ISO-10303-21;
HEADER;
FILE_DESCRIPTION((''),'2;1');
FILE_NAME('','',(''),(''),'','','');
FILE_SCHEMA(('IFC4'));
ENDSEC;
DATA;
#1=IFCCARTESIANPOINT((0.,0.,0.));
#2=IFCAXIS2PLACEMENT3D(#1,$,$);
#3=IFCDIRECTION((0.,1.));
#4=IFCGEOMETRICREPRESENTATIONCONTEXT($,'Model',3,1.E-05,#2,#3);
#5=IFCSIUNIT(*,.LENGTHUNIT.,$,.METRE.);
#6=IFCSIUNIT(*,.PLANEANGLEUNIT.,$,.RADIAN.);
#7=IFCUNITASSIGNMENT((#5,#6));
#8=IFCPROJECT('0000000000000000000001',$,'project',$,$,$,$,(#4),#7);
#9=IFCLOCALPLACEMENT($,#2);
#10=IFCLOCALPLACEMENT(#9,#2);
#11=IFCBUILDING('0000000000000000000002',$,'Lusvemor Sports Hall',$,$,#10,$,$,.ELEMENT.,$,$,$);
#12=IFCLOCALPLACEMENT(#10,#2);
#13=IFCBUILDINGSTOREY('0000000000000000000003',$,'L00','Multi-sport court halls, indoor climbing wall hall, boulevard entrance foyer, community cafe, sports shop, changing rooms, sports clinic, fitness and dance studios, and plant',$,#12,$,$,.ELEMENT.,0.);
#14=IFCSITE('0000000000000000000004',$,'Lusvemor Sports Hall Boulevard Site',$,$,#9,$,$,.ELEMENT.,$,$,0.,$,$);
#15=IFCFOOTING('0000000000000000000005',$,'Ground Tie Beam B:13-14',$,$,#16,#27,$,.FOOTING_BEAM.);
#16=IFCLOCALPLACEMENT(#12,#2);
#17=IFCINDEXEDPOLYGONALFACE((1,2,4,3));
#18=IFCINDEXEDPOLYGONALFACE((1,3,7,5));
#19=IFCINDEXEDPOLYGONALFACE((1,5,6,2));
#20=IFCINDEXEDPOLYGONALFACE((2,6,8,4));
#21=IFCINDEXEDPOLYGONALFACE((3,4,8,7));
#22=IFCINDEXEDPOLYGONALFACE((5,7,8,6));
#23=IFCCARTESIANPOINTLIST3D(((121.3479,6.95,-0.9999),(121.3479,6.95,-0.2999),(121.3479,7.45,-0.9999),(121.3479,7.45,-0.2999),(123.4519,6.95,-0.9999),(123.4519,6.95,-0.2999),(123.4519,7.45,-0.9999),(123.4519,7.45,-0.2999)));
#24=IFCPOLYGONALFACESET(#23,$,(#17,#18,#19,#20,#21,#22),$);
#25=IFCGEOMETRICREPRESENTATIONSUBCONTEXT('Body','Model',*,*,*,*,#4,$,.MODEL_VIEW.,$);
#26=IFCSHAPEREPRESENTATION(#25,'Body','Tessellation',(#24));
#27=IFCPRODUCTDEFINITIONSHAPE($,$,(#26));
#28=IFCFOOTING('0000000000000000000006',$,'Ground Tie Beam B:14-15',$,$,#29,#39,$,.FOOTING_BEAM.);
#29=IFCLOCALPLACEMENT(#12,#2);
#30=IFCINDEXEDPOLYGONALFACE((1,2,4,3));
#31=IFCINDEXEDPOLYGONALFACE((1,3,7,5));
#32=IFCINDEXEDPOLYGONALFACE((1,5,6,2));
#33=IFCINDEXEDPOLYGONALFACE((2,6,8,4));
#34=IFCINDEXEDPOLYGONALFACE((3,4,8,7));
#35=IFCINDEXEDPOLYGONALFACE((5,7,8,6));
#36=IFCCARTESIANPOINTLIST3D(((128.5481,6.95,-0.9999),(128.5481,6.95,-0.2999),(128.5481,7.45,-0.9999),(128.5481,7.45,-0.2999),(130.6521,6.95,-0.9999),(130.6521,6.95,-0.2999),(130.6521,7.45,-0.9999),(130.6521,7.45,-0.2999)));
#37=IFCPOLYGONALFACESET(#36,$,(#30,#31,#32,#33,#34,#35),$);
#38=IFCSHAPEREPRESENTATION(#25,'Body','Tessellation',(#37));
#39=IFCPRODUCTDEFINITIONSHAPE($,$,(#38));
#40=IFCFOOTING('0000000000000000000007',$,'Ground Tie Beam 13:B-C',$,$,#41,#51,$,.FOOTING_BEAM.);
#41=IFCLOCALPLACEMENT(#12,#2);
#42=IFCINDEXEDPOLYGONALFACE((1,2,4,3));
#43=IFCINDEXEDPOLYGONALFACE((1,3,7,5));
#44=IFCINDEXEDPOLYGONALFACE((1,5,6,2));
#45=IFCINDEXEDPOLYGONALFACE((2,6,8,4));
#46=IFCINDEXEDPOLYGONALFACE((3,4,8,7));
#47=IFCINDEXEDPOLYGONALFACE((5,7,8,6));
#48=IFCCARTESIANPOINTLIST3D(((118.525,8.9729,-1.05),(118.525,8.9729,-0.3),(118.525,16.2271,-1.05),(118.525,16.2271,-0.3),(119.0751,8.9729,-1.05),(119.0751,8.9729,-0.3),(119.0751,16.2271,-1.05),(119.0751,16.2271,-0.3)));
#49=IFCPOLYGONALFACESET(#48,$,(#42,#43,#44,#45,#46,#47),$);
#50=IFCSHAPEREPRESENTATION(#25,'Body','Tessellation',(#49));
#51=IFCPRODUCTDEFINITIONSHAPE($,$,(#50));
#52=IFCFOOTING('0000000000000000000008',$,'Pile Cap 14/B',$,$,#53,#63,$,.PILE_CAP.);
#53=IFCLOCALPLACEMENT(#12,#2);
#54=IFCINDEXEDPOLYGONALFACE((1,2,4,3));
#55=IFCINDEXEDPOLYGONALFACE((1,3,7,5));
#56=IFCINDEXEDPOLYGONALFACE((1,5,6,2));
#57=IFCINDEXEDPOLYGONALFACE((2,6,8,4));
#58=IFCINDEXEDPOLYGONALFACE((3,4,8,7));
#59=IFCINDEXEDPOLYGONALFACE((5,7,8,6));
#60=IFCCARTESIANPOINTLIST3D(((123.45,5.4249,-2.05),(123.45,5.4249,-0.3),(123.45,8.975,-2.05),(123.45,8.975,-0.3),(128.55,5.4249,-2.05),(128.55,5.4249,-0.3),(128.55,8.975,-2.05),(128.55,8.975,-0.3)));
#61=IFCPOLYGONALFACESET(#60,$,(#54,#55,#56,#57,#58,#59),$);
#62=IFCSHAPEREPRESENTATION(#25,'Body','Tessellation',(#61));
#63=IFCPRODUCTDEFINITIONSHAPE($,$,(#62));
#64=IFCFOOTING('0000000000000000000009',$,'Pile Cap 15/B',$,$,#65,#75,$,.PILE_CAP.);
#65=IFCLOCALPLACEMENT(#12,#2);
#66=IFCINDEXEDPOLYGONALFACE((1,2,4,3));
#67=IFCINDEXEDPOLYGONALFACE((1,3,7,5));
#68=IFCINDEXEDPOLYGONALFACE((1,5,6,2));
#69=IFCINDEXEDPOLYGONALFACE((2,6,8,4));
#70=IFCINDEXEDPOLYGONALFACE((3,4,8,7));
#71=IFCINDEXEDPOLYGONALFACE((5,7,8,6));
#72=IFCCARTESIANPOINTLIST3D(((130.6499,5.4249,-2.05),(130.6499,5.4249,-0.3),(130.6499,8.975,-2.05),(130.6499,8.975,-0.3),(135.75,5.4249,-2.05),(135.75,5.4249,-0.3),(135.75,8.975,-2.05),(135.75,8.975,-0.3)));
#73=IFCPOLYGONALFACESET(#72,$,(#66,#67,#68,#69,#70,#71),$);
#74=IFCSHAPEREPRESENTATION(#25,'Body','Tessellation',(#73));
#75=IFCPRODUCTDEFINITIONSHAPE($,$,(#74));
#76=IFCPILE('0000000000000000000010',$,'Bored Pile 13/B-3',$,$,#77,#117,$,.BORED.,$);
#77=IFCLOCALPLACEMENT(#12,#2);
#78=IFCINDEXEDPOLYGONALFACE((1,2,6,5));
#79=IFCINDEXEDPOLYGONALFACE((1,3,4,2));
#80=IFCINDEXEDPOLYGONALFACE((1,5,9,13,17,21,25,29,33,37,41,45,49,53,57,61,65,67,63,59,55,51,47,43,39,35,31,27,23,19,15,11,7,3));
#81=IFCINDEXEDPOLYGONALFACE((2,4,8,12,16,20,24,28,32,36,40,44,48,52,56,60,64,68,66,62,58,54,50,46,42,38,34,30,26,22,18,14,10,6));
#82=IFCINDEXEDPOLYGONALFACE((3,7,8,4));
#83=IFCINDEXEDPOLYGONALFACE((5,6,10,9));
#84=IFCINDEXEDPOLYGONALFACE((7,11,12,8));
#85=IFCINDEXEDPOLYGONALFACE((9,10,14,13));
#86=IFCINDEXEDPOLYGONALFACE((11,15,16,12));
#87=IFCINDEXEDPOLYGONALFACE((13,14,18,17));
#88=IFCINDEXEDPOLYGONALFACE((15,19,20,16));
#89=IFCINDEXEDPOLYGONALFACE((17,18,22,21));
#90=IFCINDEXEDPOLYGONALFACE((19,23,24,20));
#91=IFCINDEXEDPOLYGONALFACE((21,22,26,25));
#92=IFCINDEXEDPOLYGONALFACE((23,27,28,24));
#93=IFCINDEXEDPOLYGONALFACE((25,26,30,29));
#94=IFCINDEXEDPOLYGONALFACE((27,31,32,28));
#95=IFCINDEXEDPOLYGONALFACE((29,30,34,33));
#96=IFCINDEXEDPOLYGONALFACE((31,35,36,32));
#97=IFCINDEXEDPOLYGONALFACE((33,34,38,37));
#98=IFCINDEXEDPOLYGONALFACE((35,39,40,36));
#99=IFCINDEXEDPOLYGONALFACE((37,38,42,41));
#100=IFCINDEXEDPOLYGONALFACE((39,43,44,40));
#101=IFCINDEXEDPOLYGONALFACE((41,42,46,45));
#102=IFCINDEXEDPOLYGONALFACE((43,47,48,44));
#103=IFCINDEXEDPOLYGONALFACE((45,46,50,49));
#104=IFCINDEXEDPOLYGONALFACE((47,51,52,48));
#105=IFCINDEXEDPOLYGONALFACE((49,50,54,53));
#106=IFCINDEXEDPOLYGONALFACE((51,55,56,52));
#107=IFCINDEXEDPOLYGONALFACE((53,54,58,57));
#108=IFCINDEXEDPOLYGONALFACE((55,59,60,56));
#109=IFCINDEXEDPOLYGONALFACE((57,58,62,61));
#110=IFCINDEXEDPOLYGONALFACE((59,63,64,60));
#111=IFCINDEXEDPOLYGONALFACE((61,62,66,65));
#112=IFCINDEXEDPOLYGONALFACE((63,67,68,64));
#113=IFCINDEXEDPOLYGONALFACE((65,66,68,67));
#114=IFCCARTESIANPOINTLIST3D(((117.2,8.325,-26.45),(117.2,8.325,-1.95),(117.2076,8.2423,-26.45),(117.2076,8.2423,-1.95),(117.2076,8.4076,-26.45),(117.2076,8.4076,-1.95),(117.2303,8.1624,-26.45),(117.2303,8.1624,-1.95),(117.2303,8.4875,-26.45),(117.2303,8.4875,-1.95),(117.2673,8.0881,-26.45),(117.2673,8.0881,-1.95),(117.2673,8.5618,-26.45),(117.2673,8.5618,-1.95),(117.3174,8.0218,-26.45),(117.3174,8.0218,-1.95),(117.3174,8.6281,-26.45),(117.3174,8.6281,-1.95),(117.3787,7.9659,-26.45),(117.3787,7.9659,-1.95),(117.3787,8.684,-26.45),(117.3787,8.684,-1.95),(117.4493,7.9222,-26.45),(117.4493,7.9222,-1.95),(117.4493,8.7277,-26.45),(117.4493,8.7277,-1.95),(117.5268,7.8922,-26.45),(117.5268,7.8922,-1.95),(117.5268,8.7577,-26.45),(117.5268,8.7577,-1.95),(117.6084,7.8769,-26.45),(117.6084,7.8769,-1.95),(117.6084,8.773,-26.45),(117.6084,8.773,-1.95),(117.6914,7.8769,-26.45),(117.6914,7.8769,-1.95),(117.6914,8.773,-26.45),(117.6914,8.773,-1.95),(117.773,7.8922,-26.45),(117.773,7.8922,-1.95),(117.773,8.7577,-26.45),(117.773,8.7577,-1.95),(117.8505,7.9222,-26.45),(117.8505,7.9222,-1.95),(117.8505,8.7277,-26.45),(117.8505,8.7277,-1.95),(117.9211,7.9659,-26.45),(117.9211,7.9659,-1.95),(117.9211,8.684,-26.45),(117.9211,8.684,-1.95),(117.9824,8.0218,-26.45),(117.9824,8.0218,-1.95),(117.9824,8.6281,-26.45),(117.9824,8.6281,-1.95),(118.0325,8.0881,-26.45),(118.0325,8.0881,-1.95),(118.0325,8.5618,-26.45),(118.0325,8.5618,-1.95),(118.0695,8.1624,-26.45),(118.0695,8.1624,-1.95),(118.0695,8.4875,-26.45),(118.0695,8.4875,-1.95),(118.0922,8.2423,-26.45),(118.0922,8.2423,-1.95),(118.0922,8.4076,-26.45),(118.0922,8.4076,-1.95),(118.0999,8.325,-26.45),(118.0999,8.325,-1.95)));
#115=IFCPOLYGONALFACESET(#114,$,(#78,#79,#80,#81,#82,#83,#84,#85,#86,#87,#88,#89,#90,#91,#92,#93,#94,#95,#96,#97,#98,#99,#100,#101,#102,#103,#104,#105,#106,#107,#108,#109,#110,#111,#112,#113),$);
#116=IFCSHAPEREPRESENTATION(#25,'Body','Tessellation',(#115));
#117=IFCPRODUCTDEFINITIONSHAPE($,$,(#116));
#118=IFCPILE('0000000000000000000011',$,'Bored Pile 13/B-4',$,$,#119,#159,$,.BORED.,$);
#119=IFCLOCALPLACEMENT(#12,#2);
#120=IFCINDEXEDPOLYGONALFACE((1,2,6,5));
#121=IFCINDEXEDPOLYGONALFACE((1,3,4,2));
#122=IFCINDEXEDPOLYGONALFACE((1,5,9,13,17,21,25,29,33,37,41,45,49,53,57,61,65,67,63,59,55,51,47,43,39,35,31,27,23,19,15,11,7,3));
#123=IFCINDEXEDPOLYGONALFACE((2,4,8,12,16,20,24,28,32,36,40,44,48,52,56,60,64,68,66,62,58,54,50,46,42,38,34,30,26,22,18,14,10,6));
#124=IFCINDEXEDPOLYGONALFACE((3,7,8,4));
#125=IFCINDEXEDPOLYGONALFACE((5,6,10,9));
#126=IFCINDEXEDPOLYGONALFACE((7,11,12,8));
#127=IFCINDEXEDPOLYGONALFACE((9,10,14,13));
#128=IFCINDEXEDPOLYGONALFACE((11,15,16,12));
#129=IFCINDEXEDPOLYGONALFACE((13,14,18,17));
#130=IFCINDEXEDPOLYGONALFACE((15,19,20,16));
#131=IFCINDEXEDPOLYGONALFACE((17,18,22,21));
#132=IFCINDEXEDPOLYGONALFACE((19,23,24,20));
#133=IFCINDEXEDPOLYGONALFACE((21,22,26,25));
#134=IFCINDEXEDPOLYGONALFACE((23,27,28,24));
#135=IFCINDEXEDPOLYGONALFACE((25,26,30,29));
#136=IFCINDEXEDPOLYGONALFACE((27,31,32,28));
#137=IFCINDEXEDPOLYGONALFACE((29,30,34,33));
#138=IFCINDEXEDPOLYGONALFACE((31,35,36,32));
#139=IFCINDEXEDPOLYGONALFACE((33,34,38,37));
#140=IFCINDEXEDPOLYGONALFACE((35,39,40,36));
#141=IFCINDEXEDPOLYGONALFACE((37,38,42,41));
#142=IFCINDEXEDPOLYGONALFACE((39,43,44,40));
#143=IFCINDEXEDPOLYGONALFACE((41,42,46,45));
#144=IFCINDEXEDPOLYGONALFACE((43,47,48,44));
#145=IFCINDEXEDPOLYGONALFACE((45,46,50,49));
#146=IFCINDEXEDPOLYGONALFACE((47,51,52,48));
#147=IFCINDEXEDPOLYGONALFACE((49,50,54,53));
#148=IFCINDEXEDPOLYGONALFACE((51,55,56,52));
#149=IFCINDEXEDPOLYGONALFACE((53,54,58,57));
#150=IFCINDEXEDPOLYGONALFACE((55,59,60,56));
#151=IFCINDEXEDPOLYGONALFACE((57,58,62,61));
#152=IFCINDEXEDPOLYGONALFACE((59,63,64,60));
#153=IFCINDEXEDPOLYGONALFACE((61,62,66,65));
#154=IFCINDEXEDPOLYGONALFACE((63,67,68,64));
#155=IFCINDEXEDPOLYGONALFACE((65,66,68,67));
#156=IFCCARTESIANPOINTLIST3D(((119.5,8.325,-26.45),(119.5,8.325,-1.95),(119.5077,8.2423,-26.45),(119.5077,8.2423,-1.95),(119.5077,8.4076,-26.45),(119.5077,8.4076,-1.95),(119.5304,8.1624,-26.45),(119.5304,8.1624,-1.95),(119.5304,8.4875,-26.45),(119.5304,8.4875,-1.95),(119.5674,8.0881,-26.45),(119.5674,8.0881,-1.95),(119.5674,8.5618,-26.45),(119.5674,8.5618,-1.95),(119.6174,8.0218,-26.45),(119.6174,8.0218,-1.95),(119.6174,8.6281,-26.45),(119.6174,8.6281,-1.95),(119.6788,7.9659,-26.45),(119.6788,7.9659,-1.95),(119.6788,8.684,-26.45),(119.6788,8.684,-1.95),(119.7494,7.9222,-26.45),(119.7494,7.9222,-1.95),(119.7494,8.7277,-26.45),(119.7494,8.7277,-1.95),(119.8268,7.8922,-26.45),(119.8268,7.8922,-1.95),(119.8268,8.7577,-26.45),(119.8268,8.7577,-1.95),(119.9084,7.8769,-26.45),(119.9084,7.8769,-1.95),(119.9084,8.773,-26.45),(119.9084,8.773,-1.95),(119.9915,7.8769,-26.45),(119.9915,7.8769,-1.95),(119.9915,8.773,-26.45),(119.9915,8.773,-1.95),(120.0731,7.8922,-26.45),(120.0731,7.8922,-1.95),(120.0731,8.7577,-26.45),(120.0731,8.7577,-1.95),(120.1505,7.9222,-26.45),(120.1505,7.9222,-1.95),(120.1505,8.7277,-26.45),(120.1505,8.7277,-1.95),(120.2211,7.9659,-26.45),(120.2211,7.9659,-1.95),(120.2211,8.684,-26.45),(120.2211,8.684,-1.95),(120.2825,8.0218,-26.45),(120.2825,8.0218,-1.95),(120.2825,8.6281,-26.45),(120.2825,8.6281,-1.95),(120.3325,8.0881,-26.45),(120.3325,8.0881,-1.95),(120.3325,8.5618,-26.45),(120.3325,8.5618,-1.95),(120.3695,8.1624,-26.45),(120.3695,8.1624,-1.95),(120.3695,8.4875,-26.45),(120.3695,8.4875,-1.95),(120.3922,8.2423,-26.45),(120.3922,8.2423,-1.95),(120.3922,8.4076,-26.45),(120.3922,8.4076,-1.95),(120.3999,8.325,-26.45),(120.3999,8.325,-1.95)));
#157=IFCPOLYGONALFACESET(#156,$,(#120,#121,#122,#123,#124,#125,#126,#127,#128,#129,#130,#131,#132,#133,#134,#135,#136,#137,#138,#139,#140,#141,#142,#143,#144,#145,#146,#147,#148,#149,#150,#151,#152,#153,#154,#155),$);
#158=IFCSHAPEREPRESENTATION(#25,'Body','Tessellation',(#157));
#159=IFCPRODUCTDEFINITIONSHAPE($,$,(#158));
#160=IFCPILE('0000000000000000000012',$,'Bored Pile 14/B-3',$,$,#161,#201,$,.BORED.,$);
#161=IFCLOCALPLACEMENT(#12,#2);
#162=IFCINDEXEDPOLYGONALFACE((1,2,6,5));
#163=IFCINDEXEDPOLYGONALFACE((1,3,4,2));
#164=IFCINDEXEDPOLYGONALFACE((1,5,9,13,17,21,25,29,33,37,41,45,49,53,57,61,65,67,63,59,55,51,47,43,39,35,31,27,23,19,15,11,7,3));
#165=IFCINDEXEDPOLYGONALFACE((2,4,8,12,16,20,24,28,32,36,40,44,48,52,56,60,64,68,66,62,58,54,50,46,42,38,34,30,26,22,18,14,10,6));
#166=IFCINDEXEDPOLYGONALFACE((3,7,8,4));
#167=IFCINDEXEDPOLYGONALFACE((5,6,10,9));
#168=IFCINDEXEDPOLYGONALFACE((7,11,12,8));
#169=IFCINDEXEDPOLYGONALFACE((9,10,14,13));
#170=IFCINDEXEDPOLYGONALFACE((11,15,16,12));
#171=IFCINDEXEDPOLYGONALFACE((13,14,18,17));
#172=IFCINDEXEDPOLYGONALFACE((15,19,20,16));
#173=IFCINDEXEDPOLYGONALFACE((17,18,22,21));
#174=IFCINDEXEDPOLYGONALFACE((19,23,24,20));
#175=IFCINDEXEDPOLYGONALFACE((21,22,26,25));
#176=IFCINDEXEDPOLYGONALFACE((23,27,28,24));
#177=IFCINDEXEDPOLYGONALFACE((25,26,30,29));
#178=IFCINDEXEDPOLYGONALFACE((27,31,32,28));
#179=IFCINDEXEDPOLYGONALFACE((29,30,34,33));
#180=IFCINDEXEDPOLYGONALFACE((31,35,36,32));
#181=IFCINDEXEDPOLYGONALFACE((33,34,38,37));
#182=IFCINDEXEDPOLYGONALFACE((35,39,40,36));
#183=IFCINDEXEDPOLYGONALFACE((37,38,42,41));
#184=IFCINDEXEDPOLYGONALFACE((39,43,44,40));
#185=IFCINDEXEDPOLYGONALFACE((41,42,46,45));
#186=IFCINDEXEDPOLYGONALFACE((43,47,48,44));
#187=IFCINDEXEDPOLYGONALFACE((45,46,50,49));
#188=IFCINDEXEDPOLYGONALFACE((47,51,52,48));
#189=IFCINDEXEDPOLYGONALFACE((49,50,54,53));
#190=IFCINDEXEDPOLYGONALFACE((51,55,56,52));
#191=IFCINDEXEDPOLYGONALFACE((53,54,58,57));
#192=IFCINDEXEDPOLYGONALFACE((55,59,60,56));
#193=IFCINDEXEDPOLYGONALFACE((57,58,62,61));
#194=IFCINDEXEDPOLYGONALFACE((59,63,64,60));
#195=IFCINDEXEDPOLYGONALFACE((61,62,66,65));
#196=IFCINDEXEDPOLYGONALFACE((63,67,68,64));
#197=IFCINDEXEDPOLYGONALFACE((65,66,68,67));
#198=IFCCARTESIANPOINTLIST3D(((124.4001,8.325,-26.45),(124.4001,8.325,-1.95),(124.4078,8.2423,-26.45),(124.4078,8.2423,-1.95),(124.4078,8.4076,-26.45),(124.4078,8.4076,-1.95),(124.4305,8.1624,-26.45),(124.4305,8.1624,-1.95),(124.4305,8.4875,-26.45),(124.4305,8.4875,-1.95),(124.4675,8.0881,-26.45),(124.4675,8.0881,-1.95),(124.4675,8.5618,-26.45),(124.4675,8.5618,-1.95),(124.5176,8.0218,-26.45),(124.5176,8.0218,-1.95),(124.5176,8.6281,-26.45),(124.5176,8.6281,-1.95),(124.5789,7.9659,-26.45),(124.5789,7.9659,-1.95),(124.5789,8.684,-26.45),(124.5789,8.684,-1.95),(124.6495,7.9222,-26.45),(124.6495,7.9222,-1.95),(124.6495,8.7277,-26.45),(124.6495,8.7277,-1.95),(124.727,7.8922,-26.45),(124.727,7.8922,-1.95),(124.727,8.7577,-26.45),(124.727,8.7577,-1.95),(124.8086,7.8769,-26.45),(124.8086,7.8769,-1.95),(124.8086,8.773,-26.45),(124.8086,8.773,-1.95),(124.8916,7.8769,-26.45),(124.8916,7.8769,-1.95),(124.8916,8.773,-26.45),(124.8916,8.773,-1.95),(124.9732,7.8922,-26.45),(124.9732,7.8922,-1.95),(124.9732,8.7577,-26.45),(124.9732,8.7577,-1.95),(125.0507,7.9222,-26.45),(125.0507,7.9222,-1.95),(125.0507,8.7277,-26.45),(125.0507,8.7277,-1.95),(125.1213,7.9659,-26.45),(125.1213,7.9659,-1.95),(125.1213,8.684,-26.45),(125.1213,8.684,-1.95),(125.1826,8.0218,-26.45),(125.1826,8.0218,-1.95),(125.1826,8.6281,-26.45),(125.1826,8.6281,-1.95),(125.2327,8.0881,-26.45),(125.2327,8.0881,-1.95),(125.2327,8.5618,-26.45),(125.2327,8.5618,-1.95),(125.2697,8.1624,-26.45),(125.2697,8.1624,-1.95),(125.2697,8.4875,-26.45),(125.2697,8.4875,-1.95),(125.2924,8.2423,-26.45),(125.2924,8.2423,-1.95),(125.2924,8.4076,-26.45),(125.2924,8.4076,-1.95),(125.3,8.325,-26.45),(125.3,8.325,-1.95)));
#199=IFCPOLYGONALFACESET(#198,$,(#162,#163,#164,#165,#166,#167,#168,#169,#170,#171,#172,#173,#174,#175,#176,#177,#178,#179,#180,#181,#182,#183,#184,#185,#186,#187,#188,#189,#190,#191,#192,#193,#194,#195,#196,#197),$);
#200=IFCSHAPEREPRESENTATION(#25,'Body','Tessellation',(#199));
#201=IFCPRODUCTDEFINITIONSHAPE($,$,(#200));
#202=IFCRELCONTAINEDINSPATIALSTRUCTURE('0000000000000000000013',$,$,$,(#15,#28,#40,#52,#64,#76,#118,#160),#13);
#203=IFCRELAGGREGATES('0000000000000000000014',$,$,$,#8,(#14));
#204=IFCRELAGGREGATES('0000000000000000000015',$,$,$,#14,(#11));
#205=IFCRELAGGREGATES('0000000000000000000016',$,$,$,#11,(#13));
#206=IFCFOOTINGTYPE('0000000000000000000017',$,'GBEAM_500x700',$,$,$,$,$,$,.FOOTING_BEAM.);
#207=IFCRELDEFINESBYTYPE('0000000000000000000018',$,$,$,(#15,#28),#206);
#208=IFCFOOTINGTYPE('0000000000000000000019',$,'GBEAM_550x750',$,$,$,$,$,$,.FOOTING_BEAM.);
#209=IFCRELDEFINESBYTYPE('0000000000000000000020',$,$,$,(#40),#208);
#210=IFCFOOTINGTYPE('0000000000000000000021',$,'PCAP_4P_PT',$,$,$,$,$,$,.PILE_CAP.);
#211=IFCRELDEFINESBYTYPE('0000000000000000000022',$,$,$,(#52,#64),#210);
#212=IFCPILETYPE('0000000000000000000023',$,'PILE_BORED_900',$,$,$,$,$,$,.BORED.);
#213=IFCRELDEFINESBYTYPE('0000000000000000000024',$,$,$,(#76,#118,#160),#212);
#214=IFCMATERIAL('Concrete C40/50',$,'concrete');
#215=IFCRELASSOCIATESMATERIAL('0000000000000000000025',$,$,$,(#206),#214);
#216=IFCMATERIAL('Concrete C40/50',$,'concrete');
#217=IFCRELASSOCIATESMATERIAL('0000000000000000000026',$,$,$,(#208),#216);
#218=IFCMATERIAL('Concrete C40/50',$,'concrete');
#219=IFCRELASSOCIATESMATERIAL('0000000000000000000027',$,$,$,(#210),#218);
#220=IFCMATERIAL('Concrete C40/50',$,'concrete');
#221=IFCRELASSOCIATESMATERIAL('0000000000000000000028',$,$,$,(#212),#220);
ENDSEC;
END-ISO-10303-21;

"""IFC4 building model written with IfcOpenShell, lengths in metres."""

from ifc_helpers import new_model, si_unit, direction, frame, origin, origin_2d, place, context, subcontext, project, spatial, rectangle, circle, extrude, material, material_profile, profile_set, type_object, element, save


model = new_model("IFC4")

# Units and contexts
model_context = context("Model", 3, precision=1e-05, world=origin(), true_north=direction((0.0, 1.0)))
body_context = subcontext(model_context, "Body", "Model", "MODEL_VIEW")
ifc_project = project(units=[si_unit("LENGTHUNIT", "METRE"), si_unit("PLANEANGLEUNIT", "RADIAN")], contexts=[model_context])

# Site, building, storey
site_placement = place(None, origin())
site = spatial("IfcSite", under=ifc_project, at=site_placement, Name="Lusvemor Sports Hall Boulevard Site", CompositionType="ELEMENT", RefElevation=0.0)
building_placement = place(site_placement, origin())
building = spatial("IfcBuilding", under=site, at=building_placement, Name="Lusvemor Sports Hall", CompositionType="ELEMENT")
storey_placement = place(building_placement, origin())
storey = spatial("IfcBuildingStorey", under=building, at=storey_placement, Name="L00", Description="Multi-sport court halls, indoor climbing wall hall, boulevard entrance foyer, community cafe, sports shop, changing rooms, sports clinic, fitness and dance studios, and plant", CompositionType="ELEMENT", Elevation=0.0)

# Footings
ifc_material_1 = material(Name="Concrete C40/50", Category="concrete")
ifc_material_profile_1 = material_profile(ifc_material_1, rectangle(XDim=0.5, YDim=0.7, at=origin_2d()), Name="GB_500x700")
ifc_profile_set_1 = profile_set([ifc_material_profile_1], Name="Concrete C40/50")
footing_type_1 = type_object("IfcFootingType", Name="GBEAM_500x700", PredefinedType="FOOTING_BEAM", material=ifc_profile_set_1)
for number, where, z_axis, x_axis, name in (
    (1, (121.3479, 7.2, -0.6499), (1.0, 0.0, 0.0), (0.0, 1.0, 0.0), "Ground Tie Beam B:13-14"),
    (2, (128.5481, 7.2, -0.6499), (1.0, 0.0, 0.0), (0.0, 1.0, 0.0), "Ground Tie Beam B:14-15"),
):
    element("IfcFooting", number, at=place(storey_placement, frame(where, z_axis=z_axis, x_axis=x_axis)), inside=storey, type_object=footing_type_1, Name=name, PredefinedType="FOOTING_BEAM", context=body_context, shape_type="SweptSolid", body=[
        extrude(rectangle(XDim=0.5, YDim=0.7, at=origin_2d()), origin(), (0.0, 0.0, 1.0), 2.104),
    ])
ifc_material_2 = material(Name="Concrete C40/50", Category="concrete")
ifc_material_profile_2 = material_profile(ifc_material_2, rectangle(XDim=0.55, YDim=0.75, at=origin_2d()), Name="GB_550x750")
ifc_profile_set_2 = profile_set([ifc_material_profile_2], Name="Concrete C40/50")
footing_type_2 = type_object("IfcFootingType", Name="GBEAM_550x750", PredefinedType="FOOTING_BEAM", material=ifc_profile_set_2)
footing_placement = place(storey_placement, frame((118.8, 8.9729, -0.675), z_axis=(0.0, 1.0, 0.0), x_axis=(-1.0, 0.0, 0.0)))
element("IfcFooting", 3, at=footing_placement, inside=storey, type_object=footing_type_2, Name="Ground Tie Beam 13:B-C", PredefinedType="FOOTING_BEAM", context=body_context, shape_type="SweptSolid", body=[
    extrude(rectangle(XDim=0.55, YDim=0.75, at=origin_2d()), origin(), (0.0, 0.0, 1.0), 7.2542),
])
ifc_material_3 = material(Name="Concrete C40/50", Category="concrete")
footing_type_3 = type_object("IfcFootingType", Name="PCAP_4P_PT", PredefinedType="PILE_CAP", material=ifc_material_3)
for number, where, z_axis, x_axis, name in (
    (4, (126.0, 7.2, -2.05), (0.0, 0.0, 1.0), (1.0, 0.0, 0.0), "Pile Cap 14/B"),
    (5, (133.2, 7.2, -2.05), (0.0, 0.0, 1.0), (1.0, 0.0, 0.0), "Pile Cap 15/B"),
):
    element("IfcFooting", number, at=place(storey_placement, frame(where, z_axis=z_axis, x_axis=x_axis)), inside=storey, type_object=footing_type_3, Name=name, PredefinedType="PILE_CAP", context=body_context, shape_type="SweptSolid", body=[
        extrude(rectangle(XDim=5.1001, YDim=3.55, at=origin_2d()), origin(), (0.0, 0.0, 1.0), 1.75),
    ])

# Piles
ifc_material_4 = material(Name="Concrete C40/50", Category="concrete")
ifc_material_profile_3 = material_profile(ifc_material_4, circle(Radius=0.45, at=origin_2d()), Name="PILE900")
ifc_profile_set_3 = profile_set([ifc_material_profile_3], Name="Concrete C40/50")
pile_type = type_object("IfcPileType", Name="PILE_BORED_900", PredefinedType="BORED", material=ifc_profile_set_3)
for number, where, z_axis, x_axis, name in (
    (6, (117.6499, 8.325, -1.95), (0.0, 0.0, -1.0), (1.0, 0.0, 0.0), "Bored Pile 13/B-3"),
    (7, (119.95, 8.325, -1.95), (0.0, 0.0, -1.0), (1.0, 0.0, 0.0), "Bored Pile 13/B-4"),
    (8, (124.8501, 8.325, -1.95), (0.0, 0.0, -1.0), (1.0, 0.0, 0.0), "Bored Pile 14/B-3"),
):
    element("IfcPile", number, at=place(storey_placement, frame(where, z_axis=z_axis, x_axis=x_axis)), inside=storey, type_object=pile_type, Name=name, PredefinedType="BORED", context=body_context, shape_type="SweptSolid", body=[
        extrude(circle(Radius=0.45, at=origin_2d()), origin(), (0.0, 0.0, 1.0), 24.5),
    ])

save(model, "model.ifc")
